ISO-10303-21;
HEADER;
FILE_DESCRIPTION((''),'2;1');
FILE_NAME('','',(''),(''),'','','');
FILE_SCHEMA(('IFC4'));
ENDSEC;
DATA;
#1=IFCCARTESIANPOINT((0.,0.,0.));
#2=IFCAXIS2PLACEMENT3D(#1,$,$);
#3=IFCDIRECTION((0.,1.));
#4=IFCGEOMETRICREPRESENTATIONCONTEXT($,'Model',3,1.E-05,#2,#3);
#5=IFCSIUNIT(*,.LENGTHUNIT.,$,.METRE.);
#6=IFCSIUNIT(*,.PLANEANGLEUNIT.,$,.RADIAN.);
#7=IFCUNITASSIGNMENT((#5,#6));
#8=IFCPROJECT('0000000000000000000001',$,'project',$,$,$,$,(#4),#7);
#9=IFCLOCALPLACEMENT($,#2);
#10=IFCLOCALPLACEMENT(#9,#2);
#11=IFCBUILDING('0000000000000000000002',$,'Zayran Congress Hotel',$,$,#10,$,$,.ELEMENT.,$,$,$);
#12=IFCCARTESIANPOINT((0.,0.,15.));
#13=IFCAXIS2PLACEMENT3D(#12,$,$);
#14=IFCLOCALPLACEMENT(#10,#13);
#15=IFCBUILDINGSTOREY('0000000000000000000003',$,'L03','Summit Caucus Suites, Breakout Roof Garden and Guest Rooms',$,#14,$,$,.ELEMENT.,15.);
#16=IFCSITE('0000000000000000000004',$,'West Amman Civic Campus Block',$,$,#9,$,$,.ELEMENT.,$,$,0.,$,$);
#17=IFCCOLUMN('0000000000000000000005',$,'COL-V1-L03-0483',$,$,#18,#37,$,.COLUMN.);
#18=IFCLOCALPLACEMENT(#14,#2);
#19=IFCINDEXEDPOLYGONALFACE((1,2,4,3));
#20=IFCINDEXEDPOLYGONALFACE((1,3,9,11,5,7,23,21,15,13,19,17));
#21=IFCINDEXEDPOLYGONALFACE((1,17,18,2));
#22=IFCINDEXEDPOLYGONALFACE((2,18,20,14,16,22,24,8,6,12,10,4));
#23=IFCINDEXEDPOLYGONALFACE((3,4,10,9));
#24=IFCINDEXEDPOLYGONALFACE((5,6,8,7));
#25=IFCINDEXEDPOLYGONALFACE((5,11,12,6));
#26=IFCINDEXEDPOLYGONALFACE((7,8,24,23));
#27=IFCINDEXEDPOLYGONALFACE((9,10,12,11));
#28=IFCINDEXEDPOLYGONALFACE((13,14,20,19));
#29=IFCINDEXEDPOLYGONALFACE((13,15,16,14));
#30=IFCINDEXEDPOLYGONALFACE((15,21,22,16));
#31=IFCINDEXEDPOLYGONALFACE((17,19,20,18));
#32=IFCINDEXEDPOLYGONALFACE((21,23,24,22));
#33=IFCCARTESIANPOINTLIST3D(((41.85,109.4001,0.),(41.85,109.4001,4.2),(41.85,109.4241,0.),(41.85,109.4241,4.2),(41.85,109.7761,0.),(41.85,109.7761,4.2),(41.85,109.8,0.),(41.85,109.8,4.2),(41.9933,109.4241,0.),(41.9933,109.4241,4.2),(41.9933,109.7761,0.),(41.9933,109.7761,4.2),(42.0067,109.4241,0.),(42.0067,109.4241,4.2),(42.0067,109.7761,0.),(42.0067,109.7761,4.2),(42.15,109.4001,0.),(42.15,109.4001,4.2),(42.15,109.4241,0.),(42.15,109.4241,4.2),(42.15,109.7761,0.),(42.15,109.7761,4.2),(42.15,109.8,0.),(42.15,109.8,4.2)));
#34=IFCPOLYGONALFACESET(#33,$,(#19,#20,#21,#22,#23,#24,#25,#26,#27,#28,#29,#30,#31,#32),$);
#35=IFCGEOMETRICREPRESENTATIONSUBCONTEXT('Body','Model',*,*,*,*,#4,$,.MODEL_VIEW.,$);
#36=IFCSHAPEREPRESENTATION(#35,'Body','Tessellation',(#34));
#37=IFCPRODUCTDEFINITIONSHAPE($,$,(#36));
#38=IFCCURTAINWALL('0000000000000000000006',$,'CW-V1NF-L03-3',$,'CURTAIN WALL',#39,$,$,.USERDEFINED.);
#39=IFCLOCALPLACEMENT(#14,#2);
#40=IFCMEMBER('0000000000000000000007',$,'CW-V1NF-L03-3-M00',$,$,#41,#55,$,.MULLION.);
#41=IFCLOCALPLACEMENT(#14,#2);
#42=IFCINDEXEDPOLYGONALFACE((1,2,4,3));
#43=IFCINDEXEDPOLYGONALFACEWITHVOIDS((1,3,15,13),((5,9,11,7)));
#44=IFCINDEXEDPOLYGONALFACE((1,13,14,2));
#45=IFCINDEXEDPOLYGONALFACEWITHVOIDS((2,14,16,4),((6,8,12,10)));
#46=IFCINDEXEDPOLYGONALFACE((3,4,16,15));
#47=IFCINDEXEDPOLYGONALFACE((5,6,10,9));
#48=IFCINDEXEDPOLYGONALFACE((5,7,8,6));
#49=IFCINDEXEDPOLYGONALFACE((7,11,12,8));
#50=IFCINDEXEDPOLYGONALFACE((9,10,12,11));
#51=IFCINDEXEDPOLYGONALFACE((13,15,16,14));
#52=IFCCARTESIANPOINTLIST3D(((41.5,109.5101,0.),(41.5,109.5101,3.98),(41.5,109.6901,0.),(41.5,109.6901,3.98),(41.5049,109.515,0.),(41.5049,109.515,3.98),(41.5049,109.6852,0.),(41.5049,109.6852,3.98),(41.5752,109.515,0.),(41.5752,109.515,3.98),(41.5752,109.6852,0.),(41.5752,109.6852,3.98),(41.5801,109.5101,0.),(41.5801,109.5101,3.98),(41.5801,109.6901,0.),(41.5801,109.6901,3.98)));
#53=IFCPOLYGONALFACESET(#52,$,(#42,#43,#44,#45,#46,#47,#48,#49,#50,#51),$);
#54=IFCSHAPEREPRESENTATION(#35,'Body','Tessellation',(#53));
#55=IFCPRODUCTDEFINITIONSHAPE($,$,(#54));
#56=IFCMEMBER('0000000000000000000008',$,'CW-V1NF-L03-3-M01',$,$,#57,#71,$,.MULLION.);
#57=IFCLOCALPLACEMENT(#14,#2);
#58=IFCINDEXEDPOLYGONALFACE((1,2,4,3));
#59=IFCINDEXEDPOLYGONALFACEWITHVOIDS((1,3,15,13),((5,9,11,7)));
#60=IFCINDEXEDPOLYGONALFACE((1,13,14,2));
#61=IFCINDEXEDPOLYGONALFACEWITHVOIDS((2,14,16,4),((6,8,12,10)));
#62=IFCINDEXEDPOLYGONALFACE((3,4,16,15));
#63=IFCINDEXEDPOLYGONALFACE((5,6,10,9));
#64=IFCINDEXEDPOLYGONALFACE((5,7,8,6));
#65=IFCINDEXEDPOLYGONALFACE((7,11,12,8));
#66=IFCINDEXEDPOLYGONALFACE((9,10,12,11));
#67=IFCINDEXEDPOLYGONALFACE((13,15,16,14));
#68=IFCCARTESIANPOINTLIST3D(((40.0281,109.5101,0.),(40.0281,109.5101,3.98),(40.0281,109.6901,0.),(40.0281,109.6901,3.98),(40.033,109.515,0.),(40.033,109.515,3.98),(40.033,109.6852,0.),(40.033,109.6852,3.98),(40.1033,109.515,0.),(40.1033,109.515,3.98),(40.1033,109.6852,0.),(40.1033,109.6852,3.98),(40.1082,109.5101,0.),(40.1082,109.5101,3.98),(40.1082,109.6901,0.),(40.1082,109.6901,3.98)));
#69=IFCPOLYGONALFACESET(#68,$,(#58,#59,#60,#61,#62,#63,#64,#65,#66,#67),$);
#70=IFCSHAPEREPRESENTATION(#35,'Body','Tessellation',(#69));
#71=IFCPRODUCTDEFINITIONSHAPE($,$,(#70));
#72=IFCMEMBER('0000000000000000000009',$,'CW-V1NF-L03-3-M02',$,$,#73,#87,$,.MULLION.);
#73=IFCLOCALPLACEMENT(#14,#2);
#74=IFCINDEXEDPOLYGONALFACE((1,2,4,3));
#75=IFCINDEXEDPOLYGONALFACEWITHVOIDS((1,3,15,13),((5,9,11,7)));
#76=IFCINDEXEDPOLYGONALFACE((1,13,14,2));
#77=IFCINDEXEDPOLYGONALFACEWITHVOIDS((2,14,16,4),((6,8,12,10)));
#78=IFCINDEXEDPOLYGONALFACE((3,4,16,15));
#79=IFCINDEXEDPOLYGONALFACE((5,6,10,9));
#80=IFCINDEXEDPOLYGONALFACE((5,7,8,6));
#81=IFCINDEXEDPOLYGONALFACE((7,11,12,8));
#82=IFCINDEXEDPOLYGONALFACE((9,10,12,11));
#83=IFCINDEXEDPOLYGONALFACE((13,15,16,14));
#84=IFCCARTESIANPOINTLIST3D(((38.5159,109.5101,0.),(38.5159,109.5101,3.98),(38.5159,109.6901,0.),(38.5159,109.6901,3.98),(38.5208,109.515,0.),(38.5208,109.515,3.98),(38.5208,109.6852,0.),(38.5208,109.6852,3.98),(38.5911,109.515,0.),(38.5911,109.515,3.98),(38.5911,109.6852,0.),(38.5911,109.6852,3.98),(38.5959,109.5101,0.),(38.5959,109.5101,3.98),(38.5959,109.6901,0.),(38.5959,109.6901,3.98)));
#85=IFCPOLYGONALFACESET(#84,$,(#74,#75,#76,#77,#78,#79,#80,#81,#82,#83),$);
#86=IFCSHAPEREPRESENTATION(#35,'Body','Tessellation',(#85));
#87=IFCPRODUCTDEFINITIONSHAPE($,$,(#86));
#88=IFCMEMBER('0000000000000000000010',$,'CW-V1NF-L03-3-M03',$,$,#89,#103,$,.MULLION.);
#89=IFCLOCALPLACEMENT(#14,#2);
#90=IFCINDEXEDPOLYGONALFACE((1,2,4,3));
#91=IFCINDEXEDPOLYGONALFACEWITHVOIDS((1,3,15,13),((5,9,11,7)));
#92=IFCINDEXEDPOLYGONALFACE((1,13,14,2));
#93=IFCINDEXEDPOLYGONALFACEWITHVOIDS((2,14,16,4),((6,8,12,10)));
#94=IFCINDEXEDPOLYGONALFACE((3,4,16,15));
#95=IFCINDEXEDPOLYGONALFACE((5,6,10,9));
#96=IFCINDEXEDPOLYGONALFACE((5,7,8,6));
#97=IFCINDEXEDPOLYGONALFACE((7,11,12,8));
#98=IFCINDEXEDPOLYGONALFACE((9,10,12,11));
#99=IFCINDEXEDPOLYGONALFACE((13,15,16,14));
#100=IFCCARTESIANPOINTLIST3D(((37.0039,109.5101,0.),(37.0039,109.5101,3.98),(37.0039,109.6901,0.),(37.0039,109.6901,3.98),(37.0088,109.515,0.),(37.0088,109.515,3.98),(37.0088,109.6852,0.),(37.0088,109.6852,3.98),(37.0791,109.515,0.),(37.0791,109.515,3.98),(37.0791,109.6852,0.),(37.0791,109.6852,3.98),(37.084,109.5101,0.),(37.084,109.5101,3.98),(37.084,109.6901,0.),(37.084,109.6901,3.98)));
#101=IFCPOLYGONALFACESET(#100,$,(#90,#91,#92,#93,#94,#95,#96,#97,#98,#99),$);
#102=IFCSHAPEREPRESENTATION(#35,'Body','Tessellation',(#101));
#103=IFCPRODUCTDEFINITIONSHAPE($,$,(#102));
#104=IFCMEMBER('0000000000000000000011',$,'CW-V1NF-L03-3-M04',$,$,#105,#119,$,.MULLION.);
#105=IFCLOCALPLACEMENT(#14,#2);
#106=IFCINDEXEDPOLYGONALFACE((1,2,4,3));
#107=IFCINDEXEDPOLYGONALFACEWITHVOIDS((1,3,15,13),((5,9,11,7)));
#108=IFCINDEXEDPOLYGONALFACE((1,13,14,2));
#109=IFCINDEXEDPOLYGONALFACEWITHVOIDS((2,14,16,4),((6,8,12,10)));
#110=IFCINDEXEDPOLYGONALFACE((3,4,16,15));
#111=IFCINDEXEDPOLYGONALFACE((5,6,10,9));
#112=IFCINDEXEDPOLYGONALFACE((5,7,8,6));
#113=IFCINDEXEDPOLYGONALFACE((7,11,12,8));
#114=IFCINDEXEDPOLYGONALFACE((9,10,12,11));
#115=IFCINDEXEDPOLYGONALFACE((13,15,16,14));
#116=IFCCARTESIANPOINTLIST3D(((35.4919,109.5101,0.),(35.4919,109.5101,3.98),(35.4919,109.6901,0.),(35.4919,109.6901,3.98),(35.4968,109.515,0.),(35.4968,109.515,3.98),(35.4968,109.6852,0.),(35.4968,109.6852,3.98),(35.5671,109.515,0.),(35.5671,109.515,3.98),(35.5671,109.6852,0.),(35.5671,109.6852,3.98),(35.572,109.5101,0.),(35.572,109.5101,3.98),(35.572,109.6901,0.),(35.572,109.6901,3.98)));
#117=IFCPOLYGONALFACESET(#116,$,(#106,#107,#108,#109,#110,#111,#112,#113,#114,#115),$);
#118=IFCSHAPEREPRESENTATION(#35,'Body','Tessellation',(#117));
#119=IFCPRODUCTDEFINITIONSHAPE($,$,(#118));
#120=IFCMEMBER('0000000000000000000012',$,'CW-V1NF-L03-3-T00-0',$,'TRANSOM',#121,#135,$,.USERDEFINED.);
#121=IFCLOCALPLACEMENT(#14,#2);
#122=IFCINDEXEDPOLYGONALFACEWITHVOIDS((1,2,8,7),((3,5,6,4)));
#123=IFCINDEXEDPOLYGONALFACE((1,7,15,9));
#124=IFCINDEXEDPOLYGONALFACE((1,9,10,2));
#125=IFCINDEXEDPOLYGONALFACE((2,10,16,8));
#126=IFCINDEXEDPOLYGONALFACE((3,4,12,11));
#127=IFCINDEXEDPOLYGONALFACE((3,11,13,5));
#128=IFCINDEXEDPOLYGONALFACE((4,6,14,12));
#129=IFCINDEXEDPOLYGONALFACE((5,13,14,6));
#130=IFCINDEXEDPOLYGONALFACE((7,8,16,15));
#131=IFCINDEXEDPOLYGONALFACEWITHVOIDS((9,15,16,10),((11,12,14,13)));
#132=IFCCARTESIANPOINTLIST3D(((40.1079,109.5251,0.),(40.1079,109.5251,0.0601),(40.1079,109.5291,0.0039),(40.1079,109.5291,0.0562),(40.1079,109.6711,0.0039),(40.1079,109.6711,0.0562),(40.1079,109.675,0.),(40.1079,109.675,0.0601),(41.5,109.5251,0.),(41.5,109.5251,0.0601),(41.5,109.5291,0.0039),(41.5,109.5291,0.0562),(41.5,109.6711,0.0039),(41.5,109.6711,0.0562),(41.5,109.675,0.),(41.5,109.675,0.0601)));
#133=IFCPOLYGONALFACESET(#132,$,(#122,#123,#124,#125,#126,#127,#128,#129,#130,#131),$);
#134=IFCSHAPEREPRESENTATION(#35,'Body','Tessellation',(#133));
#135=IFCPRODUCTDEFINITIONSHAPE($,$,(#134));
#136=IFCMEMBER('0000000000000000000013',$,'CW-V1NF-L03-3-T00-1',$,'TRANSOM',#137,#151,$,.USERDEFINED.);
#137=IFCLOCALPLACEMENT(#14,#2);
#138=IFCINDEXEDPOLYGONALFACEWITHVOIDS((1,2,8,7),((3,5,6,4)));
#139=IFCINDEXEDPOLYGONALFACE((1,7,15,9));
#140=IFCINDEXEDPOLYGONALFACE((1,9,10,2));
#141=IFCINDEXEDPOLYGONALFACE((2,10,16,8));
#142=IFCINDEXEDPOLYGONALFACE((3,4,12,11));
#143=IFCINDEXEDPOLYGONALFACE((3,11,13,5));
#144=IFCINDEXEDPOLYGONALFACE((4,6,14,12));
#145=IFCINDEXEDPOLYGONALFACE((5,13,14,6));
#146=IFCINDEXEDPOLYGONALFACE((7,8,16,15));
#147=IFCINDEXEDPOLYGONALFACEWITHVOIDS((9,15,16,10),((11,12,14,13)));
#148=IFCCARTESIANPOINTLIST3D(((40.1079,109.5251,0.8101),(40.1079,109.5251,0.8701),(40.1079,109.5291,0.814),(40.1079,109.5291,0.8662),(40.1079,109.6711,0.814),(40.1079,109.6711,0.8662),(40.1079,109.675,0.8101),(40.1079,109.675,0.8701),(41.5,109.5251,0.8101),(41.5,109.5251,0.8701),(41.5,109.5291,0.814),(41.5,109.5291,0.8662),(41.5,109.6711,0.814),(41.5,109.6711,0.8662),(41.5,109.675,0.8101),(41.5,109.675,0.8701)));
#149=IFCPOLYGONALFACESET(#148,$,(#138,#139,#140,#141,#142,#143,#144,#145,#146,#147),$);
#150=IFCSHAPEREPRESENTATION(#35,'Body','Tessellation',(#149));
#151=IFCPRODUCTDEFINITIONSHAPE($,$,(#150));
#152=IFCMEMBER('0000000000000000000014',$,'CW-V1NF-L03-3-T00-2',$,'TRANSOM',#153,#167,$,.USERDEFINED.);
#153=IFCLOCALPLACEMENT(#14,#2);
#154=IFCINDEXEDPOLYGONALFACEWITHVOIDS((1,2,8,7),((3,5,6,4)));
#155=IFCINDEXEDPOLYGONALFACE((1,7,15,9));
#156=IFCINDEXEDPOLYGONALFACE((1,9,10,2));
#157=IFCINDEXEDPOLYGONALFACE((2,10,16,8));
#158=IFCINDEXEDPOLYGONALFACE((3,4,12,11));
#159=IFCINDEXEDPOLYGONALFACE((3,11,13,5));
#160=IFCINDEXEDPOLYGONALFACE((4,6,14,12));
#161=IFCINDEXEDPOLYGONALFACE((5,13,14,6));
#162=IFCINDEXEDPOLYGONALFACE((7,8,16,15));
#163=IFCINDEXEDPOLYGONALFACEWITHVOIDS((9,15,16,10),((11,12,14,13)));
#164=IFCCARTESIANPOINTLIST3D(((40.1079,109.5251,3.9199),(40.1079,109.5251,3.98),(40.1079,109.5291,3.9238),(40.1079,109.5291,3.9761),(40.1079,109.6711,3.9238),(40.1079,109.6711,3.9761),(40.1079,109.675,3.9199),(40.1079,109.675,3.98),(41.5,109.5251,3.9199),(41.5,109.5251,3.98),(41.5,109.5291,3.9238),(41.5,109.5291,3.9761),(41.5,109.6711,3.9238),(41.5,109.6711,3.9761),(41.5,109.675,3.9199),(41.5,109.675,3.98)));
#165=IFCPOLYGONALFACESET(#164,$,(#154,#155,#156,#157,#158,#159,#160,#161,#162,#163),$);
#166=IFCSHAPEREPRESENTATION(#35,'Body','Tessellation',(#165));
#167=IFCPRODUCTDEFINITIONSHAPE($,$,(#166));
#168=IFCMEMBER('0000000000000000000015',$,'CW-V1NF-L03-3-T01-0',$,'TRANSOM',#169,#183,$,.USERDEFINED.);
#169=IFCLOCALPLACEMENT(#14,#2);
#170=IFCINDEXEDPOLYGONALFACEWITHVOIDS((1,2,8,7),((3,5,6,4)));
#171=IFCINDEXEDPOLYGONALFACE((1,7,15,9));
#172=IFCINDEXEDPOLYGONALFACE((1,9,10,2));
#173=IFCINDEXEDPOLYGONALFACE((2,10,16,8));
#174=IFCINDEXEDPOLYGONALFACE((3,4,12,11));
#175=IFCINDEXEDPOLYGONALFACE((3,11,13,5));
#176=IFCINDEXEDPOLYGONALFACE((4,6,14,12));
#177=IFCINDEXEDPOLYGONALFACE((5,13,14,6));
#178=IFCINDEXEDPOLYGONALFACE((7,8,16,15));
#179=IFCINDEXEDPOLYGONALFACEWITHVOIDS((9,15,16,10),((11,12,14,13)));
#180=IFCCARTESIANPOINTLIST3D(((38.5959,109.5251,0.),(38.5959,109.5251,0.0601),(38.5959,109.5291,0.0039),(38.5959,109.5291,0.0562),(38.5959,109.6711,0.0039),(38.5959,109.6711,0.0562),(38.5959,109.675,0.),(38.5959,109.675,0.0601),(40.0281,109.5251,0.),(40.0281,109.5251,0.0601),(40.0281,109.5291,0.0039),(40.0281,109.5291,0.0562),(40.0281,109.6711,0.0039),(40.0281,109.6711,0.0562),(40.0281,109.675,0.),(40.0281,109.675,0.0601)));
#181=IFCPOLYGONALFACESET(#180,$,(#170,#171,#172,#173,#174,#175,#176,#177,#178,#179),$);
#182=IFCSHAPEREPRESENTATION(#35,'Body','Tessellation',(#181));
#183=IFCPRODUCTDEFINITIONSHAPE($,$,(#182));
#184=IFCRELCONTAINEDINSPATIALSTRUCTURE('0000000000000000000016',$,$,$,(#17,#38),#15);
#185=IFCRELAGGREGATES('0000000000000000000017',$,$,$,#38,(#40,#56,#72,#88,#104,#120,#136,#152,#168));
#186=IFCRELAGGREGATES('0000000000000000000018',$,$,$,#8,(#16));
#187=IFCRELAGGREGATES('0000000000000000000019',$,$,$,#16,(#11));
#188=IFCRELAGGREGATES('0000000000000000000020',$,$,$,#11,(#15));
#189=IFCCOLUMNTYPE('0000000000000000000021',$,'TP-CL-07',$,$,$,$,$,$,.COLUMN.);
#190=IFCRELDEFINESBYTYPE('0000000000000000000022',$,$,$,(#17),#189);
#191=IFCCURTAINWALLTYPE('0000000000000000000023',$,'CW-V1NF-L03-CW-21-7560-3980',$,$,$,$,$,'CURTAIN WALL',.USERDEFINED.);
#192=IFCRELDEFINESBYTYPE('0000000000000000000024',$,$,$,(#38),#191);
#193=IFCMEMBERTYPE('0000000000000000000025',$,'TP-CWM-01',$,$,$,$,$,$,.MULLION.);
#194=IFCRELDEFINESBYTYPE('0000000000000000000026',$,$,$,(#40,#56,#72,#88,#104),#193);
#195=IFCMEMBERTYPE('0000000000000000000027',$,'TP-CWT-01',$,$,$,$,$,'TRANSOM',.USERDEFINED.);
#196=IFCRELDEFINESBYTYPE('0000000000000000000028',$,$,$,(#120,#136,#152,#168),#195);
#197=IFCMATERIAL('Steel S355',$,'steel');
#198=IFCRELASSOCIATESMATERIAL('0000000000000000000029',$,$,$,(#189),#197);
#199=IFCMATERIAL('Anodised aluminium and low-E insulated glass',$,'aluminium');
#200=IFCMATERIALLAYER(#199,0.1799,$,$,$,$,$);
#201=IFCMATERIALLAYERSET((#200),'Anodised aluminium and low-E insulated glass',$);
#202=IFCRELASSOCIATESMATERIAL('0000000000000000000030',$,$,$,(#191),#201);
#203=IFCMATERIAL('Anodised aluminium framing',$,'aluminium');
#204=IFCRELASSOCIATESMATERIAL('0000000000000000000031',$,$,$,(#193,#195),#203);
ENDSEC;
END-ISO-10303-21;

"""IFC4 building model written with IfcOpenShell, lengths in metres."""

from ifc_helpers import new_model, si_unit, direction, frame, origin, origin_2d, place, context, subcontext, project, spatial, hollow_rectangle, i_section, extrude, material, layer, layer_set, material_profile, profile_set, type_object, element, aggregate, save


model = new_model("IFC4")

# Units and contexts
model_context = context("Model", 3, precision=1e-05, world=origin(), true_north=direction((0.0, 1.0)))
body_context = subcontext(model_context, "Body", "Model", "MODEL_VIEW")
ifc_project = project(units=[si_unit("LENGTHUNIT", "METRE"), si_unit("PLANEANGLEUNIT", "RADIAN")], contexts=[model_context])

# Site, building, storey
site_placement = place(None, origin())
site = spatial("IfcSite", under=ifc_project, at=site_placement, Name="West Amman Civic Campus Block", CompositionType="ELEMENT", RefElevation=0.0)
building_placement = place(site_placement, origin())
building = spatial("IfcBuilding", under=site, at=building_placement, Name="Zayran Congress Hotel", CompositionType="ELEMENT")
storey_placement = place(building_placement, frame((0.0, 0.0, 15.0)))
storey = spatial("IfcBuildingStorey", under=building, at=storey_placement, Name="L03", Description="Summit Caucus Suites, Breakout Roof Garden and Guest Rooms", CompositionType="ELEMENT", Elevation=15.0)

# Column
ifc_material_1 = material(Name="Steel S355", Category="steel")
ifc_material_profile_1 = material_profile(ifc_material_1, i_section(OverallWidth=0.3, OverallDepth=0.3999, WebThickness=0.0134, FlangeThickness=0.0239, at=origin_2d()), Name="HEB 400")
ifc_profile_set_1 = profile_set([ifc_material_profile_1], Name="Steel S355")
column_type = type_object("IfcColumnType", Name="TP-CL-07", PredefinedType="COLUMN", material=ifc_profile_set_1)
column_placement = place(storey_placement, frame((42.0, 109.6001, 0.0), z_axis=(0.0, 0.0, 1.0), x_axis=(1.0, 0.0, 0.0)))
element("IfcColumn", 1, at=column_placement, inside=storey, type_object=column_type, Name="COL-V1-L03-0483", PredefinedType="COLUMN", context=body_context, shape_type="SweptSolid", body=[
    extrude(i_section(OverallWidth=0.3, OverallDepth=0.3999, WebThickness=0.0134, FlangeThickness=0.0239, at=origin_2d()), origin(), (0.0, 0.0, 1.0), 4.2),
])

# Curtain wall, members
ifc_material_2 = material(Name="Anodised aluminium and low-E insulated glass", Category="aluminium")
ifc_layer_1 = layer(ifc_material_2, 0.1799)
ifc_layer_set_1 = layer_set([ifc_layer_1], Name="Anodised aluminium and low-E insulated glass")
curtain_wall_type = type_object("IfcCurtainWallType", Name="CW-V1NF-L03-CW-21-7560-3980", ElementType="CURTAIN WALL", PredefinedType="USERDEFINED", material=ifc_layer_set_1)
curtain_wall_placement = place(storey_placement, origin())
curtain_wall = element("IfcCurtainWall", 2, at=curtain_wall_placement, inside=storey, type_object=curtain_wall_type, Name="CW-V1NF-L03-3", ObjectType="CURTAIN WALL", PredefinedType="USERDEFINED")
ifc_material_3 = material(Name="Anodised aluminium framing", Category="aluminium")
ifc_material_profile_2 = material_profile(ifc_material_3, hollow_rectangle(XDim=0.0801, YDim=0.1799, WallThickness=0.0049, at=origin_2d()), Name="RHS 180x80x5")
ifc_profile_set_2 = profile_set([ifc_material_profile_2], Name="Anodised aluminium framing")
member_type_1 = type_object("IfcMemberType", Name="TP-CWM-01", PredefinedType="MULLION", material=ifc_profile_set_2)
member_1_placement = place(storey_placement, frame((41.54, 109.6001, 0.0), z_axis=(0.0, 0.0, 1.0), x_axis=(1.0, 0.0, 0.0)))
member_1 = element("IfcMember", 3, at=member_1_placement, type_object=member_type_1, Name="CW-V1NF-L03-3-M00", PredefinedType="MULLION", context=body_context, shape_type="SweptSolid", body=[
    extrude(hollow_rectangle(XDim=0.0801, YDim=0.1799, WallThickness=0.0049, at=origin_2d()), origin(), (0.0, 0.0, 1.0), 3.98),
])
member_2_placement = place(storey_placement, frame((40.0681, 109.6001, 0.0), z_axis=(0.0, 0.0, 1.0), x_axis=(1.0, 0.0, 0.0)))
member_2 = element("IfcMember", 4, at=member_2_placement, type_object=member_type_1, Name="CW-V1NF-L03-3-M01", PredefinedType="MULLION", context=body_context, shape_type="SweptSolid", body=[
    extrude(hollow_rectangle(XDim=0.0801, YDim=0.1799, WallThickness=0.0049, at=origin_2d()), origin(), (0.0, 0.0, 1.0), 3.98),
])
member_3_placement = place(storey_placement, frame((38.5559, 109.6001, 0.0), z_axis=(0.0, 0.0, 1.0), x_axis=(1.0, 0.0, 0.0)))
member_3 = element("IfcMember", 5, at=member_3_placement, type_object=member_type_1, Name="CW-V1NF-L03-3-M02", PredefinedType="MULLION", context=body_context, shape_type="SweptSolid", body=[
    extrude(hollow_rectangle(XDim=0.0801, YDim=0.1799, WallThickness=0.0049, at=origin_2d()), origin(), (0.0, 0.0, 1.0), 3.98),
])
member_4_placement = place(storey_placement, frame((37.0439, 109.6001, 0.0), z_axis=(0.0, 0.0, 1.0), x_axis=(1.0, 0.0, 0.0)))
member_4 = element("IfcMember", 6, at=member_4_placement, type_object=member_type_1, Name="CW-V1NF-L03-3-M03", PredefinedType="MULLION", context=body_context, shape_type="SweptSolid", body=[
    extrude(hollow_rectangle(XDim=0.0801, YDim=0.1799, WallThickness=0.0049, at=origin_2d()), origin(), (0.0, 0.0, 1.0), 3.98),
])
member_5_placement = place(storey_placement, frame((35.532, 109.6001, 0.0), z_axis=(0.0, 0.0, 1.0), x_axis=(1.0, 0.0, 0.0)))
member_5 = element("IfcMember", 7, at=member_5_placement, type_object=member_type_1, Name="CW-V1NF-L03-3-M04", PredefinedType="MULLION", context=body_context, shape_type="SweptSolid", body=[
    extrude(hollow_rectangle(XDim=0.0801, YDim=0.1799, WallThickness=0.0049, at=origin_2d()), origin(), (0.0, 0.0, 1.0), 3.98),
])
ifc_material_profile_3 = material_profile(ifc_material_3, hollow_rectangle(XDim=0.0601, YDim=0.1499, WallThickness=0.0039, at=origin_2d()), Name="RHS 150x60x4")
ifc_profile_set_3 = profile_set([ifc_material_profile_3], Name="Anodised aluminium framing")
member_type_2 = type_object("IfcMemberType", Name="TP-CWT-01", ElementType="TRANSOM", PredefinedType="USERDEFINED", material=ifc_profile_set_3)
member_6_placement = place(storey_placement, frame((41.5, 109.6001, 0.03), z_axis=(-1.0, 0.0, 0.0), x_axis=(0.0, 0.0, 1.0)))
member_6 = element("IfcMember", 8, at=member_6_placement, type_object=member_type_2, Name="CW-V1NF-L03-3-T00-0", ObjectType="TRANSOM", PredefinedType="USERDEFINED", context=body_context, shape_type="SweptSolid", body=[
    extrude(hollow_rectangle(XDim=0.0601, YDim=0.1499, WallThickness=0.0039, at=origin_2d()), origin(), (0.0, 0.0, 1.0), 1.3921),
])
member_7_placement = place(storey_placement, frame((41.5, 109.6001, 0.8401), z_axis=(-1.0, 0.0, 0.0), x_axis=(0.0, 0.0, 1.0)))
member_7 = element("IfcMember", 9, at=member_7_placement, type_object=member_type_2, Name="CW-V1NF-L03-3-T00-1", ObjectType="TRANSOM", PredefinedType="USERDEFINED", context=body_context, shape_type="SweptSolid", body=[
    extrude(hollow_rectangle(XDim=0.0601, YDim=0.1499, WallThickness=0.0039, at=origin_2d()), origin(), (0.0, 0.0, 1.0), 1.3921),
])
member_8_placement = place(storey_placement, frame((41.5, 109.6001, 3.95), z_axis=(-1.0, 0.0, 0.0), x_axis=(0.0, 0.0, 1.0)))
member_8 = element("IfcMember", 10, at=member_8_placement, type_object=member_type_2, Name="CW-V1NF-L03-3-T00-2", ObjectType="TRANSOM", PredefinedType="USERDEFINED", context=body_context, shape_type="SweptSolid", body=[
    extrude(hollow_rectangle(XDim=0.0601, YDim=0.1499, WallThickness=0.0039, at=origin_2d()), origin(), (0.0, 0.0, 1.0), 1.3921),
])
member_9_placement = place(storey_placement, frame((40.0281, 109.6001, 0.03), z_axis=(-1.0, 0.0, 0.0), x_axis=(0.0, 0.0, 1.0)))
member_9 = element("IfcMember", 11, at=member_9_placement, type_object=member_type_2, Name="CW-V1NF-L03-3-T01-0", ObjectType="TRANSOM", PredefinedType="USERDEFINED", context=body_context, shape_type="SweptSolid", body=[
    extrude(hollow_rectangle(XDim=0.0601, YDim=0.1499, WallThickness=0.0039, at=origin_2d()), origin(), (0.0, 0.0, 1.0), 1.4321),
])
aggregate(curtain_wall, [member_1, member_2, member_3, member_4, member_5, member_6, member_7, member_8, member_9])

save(model, "model.ifc")
